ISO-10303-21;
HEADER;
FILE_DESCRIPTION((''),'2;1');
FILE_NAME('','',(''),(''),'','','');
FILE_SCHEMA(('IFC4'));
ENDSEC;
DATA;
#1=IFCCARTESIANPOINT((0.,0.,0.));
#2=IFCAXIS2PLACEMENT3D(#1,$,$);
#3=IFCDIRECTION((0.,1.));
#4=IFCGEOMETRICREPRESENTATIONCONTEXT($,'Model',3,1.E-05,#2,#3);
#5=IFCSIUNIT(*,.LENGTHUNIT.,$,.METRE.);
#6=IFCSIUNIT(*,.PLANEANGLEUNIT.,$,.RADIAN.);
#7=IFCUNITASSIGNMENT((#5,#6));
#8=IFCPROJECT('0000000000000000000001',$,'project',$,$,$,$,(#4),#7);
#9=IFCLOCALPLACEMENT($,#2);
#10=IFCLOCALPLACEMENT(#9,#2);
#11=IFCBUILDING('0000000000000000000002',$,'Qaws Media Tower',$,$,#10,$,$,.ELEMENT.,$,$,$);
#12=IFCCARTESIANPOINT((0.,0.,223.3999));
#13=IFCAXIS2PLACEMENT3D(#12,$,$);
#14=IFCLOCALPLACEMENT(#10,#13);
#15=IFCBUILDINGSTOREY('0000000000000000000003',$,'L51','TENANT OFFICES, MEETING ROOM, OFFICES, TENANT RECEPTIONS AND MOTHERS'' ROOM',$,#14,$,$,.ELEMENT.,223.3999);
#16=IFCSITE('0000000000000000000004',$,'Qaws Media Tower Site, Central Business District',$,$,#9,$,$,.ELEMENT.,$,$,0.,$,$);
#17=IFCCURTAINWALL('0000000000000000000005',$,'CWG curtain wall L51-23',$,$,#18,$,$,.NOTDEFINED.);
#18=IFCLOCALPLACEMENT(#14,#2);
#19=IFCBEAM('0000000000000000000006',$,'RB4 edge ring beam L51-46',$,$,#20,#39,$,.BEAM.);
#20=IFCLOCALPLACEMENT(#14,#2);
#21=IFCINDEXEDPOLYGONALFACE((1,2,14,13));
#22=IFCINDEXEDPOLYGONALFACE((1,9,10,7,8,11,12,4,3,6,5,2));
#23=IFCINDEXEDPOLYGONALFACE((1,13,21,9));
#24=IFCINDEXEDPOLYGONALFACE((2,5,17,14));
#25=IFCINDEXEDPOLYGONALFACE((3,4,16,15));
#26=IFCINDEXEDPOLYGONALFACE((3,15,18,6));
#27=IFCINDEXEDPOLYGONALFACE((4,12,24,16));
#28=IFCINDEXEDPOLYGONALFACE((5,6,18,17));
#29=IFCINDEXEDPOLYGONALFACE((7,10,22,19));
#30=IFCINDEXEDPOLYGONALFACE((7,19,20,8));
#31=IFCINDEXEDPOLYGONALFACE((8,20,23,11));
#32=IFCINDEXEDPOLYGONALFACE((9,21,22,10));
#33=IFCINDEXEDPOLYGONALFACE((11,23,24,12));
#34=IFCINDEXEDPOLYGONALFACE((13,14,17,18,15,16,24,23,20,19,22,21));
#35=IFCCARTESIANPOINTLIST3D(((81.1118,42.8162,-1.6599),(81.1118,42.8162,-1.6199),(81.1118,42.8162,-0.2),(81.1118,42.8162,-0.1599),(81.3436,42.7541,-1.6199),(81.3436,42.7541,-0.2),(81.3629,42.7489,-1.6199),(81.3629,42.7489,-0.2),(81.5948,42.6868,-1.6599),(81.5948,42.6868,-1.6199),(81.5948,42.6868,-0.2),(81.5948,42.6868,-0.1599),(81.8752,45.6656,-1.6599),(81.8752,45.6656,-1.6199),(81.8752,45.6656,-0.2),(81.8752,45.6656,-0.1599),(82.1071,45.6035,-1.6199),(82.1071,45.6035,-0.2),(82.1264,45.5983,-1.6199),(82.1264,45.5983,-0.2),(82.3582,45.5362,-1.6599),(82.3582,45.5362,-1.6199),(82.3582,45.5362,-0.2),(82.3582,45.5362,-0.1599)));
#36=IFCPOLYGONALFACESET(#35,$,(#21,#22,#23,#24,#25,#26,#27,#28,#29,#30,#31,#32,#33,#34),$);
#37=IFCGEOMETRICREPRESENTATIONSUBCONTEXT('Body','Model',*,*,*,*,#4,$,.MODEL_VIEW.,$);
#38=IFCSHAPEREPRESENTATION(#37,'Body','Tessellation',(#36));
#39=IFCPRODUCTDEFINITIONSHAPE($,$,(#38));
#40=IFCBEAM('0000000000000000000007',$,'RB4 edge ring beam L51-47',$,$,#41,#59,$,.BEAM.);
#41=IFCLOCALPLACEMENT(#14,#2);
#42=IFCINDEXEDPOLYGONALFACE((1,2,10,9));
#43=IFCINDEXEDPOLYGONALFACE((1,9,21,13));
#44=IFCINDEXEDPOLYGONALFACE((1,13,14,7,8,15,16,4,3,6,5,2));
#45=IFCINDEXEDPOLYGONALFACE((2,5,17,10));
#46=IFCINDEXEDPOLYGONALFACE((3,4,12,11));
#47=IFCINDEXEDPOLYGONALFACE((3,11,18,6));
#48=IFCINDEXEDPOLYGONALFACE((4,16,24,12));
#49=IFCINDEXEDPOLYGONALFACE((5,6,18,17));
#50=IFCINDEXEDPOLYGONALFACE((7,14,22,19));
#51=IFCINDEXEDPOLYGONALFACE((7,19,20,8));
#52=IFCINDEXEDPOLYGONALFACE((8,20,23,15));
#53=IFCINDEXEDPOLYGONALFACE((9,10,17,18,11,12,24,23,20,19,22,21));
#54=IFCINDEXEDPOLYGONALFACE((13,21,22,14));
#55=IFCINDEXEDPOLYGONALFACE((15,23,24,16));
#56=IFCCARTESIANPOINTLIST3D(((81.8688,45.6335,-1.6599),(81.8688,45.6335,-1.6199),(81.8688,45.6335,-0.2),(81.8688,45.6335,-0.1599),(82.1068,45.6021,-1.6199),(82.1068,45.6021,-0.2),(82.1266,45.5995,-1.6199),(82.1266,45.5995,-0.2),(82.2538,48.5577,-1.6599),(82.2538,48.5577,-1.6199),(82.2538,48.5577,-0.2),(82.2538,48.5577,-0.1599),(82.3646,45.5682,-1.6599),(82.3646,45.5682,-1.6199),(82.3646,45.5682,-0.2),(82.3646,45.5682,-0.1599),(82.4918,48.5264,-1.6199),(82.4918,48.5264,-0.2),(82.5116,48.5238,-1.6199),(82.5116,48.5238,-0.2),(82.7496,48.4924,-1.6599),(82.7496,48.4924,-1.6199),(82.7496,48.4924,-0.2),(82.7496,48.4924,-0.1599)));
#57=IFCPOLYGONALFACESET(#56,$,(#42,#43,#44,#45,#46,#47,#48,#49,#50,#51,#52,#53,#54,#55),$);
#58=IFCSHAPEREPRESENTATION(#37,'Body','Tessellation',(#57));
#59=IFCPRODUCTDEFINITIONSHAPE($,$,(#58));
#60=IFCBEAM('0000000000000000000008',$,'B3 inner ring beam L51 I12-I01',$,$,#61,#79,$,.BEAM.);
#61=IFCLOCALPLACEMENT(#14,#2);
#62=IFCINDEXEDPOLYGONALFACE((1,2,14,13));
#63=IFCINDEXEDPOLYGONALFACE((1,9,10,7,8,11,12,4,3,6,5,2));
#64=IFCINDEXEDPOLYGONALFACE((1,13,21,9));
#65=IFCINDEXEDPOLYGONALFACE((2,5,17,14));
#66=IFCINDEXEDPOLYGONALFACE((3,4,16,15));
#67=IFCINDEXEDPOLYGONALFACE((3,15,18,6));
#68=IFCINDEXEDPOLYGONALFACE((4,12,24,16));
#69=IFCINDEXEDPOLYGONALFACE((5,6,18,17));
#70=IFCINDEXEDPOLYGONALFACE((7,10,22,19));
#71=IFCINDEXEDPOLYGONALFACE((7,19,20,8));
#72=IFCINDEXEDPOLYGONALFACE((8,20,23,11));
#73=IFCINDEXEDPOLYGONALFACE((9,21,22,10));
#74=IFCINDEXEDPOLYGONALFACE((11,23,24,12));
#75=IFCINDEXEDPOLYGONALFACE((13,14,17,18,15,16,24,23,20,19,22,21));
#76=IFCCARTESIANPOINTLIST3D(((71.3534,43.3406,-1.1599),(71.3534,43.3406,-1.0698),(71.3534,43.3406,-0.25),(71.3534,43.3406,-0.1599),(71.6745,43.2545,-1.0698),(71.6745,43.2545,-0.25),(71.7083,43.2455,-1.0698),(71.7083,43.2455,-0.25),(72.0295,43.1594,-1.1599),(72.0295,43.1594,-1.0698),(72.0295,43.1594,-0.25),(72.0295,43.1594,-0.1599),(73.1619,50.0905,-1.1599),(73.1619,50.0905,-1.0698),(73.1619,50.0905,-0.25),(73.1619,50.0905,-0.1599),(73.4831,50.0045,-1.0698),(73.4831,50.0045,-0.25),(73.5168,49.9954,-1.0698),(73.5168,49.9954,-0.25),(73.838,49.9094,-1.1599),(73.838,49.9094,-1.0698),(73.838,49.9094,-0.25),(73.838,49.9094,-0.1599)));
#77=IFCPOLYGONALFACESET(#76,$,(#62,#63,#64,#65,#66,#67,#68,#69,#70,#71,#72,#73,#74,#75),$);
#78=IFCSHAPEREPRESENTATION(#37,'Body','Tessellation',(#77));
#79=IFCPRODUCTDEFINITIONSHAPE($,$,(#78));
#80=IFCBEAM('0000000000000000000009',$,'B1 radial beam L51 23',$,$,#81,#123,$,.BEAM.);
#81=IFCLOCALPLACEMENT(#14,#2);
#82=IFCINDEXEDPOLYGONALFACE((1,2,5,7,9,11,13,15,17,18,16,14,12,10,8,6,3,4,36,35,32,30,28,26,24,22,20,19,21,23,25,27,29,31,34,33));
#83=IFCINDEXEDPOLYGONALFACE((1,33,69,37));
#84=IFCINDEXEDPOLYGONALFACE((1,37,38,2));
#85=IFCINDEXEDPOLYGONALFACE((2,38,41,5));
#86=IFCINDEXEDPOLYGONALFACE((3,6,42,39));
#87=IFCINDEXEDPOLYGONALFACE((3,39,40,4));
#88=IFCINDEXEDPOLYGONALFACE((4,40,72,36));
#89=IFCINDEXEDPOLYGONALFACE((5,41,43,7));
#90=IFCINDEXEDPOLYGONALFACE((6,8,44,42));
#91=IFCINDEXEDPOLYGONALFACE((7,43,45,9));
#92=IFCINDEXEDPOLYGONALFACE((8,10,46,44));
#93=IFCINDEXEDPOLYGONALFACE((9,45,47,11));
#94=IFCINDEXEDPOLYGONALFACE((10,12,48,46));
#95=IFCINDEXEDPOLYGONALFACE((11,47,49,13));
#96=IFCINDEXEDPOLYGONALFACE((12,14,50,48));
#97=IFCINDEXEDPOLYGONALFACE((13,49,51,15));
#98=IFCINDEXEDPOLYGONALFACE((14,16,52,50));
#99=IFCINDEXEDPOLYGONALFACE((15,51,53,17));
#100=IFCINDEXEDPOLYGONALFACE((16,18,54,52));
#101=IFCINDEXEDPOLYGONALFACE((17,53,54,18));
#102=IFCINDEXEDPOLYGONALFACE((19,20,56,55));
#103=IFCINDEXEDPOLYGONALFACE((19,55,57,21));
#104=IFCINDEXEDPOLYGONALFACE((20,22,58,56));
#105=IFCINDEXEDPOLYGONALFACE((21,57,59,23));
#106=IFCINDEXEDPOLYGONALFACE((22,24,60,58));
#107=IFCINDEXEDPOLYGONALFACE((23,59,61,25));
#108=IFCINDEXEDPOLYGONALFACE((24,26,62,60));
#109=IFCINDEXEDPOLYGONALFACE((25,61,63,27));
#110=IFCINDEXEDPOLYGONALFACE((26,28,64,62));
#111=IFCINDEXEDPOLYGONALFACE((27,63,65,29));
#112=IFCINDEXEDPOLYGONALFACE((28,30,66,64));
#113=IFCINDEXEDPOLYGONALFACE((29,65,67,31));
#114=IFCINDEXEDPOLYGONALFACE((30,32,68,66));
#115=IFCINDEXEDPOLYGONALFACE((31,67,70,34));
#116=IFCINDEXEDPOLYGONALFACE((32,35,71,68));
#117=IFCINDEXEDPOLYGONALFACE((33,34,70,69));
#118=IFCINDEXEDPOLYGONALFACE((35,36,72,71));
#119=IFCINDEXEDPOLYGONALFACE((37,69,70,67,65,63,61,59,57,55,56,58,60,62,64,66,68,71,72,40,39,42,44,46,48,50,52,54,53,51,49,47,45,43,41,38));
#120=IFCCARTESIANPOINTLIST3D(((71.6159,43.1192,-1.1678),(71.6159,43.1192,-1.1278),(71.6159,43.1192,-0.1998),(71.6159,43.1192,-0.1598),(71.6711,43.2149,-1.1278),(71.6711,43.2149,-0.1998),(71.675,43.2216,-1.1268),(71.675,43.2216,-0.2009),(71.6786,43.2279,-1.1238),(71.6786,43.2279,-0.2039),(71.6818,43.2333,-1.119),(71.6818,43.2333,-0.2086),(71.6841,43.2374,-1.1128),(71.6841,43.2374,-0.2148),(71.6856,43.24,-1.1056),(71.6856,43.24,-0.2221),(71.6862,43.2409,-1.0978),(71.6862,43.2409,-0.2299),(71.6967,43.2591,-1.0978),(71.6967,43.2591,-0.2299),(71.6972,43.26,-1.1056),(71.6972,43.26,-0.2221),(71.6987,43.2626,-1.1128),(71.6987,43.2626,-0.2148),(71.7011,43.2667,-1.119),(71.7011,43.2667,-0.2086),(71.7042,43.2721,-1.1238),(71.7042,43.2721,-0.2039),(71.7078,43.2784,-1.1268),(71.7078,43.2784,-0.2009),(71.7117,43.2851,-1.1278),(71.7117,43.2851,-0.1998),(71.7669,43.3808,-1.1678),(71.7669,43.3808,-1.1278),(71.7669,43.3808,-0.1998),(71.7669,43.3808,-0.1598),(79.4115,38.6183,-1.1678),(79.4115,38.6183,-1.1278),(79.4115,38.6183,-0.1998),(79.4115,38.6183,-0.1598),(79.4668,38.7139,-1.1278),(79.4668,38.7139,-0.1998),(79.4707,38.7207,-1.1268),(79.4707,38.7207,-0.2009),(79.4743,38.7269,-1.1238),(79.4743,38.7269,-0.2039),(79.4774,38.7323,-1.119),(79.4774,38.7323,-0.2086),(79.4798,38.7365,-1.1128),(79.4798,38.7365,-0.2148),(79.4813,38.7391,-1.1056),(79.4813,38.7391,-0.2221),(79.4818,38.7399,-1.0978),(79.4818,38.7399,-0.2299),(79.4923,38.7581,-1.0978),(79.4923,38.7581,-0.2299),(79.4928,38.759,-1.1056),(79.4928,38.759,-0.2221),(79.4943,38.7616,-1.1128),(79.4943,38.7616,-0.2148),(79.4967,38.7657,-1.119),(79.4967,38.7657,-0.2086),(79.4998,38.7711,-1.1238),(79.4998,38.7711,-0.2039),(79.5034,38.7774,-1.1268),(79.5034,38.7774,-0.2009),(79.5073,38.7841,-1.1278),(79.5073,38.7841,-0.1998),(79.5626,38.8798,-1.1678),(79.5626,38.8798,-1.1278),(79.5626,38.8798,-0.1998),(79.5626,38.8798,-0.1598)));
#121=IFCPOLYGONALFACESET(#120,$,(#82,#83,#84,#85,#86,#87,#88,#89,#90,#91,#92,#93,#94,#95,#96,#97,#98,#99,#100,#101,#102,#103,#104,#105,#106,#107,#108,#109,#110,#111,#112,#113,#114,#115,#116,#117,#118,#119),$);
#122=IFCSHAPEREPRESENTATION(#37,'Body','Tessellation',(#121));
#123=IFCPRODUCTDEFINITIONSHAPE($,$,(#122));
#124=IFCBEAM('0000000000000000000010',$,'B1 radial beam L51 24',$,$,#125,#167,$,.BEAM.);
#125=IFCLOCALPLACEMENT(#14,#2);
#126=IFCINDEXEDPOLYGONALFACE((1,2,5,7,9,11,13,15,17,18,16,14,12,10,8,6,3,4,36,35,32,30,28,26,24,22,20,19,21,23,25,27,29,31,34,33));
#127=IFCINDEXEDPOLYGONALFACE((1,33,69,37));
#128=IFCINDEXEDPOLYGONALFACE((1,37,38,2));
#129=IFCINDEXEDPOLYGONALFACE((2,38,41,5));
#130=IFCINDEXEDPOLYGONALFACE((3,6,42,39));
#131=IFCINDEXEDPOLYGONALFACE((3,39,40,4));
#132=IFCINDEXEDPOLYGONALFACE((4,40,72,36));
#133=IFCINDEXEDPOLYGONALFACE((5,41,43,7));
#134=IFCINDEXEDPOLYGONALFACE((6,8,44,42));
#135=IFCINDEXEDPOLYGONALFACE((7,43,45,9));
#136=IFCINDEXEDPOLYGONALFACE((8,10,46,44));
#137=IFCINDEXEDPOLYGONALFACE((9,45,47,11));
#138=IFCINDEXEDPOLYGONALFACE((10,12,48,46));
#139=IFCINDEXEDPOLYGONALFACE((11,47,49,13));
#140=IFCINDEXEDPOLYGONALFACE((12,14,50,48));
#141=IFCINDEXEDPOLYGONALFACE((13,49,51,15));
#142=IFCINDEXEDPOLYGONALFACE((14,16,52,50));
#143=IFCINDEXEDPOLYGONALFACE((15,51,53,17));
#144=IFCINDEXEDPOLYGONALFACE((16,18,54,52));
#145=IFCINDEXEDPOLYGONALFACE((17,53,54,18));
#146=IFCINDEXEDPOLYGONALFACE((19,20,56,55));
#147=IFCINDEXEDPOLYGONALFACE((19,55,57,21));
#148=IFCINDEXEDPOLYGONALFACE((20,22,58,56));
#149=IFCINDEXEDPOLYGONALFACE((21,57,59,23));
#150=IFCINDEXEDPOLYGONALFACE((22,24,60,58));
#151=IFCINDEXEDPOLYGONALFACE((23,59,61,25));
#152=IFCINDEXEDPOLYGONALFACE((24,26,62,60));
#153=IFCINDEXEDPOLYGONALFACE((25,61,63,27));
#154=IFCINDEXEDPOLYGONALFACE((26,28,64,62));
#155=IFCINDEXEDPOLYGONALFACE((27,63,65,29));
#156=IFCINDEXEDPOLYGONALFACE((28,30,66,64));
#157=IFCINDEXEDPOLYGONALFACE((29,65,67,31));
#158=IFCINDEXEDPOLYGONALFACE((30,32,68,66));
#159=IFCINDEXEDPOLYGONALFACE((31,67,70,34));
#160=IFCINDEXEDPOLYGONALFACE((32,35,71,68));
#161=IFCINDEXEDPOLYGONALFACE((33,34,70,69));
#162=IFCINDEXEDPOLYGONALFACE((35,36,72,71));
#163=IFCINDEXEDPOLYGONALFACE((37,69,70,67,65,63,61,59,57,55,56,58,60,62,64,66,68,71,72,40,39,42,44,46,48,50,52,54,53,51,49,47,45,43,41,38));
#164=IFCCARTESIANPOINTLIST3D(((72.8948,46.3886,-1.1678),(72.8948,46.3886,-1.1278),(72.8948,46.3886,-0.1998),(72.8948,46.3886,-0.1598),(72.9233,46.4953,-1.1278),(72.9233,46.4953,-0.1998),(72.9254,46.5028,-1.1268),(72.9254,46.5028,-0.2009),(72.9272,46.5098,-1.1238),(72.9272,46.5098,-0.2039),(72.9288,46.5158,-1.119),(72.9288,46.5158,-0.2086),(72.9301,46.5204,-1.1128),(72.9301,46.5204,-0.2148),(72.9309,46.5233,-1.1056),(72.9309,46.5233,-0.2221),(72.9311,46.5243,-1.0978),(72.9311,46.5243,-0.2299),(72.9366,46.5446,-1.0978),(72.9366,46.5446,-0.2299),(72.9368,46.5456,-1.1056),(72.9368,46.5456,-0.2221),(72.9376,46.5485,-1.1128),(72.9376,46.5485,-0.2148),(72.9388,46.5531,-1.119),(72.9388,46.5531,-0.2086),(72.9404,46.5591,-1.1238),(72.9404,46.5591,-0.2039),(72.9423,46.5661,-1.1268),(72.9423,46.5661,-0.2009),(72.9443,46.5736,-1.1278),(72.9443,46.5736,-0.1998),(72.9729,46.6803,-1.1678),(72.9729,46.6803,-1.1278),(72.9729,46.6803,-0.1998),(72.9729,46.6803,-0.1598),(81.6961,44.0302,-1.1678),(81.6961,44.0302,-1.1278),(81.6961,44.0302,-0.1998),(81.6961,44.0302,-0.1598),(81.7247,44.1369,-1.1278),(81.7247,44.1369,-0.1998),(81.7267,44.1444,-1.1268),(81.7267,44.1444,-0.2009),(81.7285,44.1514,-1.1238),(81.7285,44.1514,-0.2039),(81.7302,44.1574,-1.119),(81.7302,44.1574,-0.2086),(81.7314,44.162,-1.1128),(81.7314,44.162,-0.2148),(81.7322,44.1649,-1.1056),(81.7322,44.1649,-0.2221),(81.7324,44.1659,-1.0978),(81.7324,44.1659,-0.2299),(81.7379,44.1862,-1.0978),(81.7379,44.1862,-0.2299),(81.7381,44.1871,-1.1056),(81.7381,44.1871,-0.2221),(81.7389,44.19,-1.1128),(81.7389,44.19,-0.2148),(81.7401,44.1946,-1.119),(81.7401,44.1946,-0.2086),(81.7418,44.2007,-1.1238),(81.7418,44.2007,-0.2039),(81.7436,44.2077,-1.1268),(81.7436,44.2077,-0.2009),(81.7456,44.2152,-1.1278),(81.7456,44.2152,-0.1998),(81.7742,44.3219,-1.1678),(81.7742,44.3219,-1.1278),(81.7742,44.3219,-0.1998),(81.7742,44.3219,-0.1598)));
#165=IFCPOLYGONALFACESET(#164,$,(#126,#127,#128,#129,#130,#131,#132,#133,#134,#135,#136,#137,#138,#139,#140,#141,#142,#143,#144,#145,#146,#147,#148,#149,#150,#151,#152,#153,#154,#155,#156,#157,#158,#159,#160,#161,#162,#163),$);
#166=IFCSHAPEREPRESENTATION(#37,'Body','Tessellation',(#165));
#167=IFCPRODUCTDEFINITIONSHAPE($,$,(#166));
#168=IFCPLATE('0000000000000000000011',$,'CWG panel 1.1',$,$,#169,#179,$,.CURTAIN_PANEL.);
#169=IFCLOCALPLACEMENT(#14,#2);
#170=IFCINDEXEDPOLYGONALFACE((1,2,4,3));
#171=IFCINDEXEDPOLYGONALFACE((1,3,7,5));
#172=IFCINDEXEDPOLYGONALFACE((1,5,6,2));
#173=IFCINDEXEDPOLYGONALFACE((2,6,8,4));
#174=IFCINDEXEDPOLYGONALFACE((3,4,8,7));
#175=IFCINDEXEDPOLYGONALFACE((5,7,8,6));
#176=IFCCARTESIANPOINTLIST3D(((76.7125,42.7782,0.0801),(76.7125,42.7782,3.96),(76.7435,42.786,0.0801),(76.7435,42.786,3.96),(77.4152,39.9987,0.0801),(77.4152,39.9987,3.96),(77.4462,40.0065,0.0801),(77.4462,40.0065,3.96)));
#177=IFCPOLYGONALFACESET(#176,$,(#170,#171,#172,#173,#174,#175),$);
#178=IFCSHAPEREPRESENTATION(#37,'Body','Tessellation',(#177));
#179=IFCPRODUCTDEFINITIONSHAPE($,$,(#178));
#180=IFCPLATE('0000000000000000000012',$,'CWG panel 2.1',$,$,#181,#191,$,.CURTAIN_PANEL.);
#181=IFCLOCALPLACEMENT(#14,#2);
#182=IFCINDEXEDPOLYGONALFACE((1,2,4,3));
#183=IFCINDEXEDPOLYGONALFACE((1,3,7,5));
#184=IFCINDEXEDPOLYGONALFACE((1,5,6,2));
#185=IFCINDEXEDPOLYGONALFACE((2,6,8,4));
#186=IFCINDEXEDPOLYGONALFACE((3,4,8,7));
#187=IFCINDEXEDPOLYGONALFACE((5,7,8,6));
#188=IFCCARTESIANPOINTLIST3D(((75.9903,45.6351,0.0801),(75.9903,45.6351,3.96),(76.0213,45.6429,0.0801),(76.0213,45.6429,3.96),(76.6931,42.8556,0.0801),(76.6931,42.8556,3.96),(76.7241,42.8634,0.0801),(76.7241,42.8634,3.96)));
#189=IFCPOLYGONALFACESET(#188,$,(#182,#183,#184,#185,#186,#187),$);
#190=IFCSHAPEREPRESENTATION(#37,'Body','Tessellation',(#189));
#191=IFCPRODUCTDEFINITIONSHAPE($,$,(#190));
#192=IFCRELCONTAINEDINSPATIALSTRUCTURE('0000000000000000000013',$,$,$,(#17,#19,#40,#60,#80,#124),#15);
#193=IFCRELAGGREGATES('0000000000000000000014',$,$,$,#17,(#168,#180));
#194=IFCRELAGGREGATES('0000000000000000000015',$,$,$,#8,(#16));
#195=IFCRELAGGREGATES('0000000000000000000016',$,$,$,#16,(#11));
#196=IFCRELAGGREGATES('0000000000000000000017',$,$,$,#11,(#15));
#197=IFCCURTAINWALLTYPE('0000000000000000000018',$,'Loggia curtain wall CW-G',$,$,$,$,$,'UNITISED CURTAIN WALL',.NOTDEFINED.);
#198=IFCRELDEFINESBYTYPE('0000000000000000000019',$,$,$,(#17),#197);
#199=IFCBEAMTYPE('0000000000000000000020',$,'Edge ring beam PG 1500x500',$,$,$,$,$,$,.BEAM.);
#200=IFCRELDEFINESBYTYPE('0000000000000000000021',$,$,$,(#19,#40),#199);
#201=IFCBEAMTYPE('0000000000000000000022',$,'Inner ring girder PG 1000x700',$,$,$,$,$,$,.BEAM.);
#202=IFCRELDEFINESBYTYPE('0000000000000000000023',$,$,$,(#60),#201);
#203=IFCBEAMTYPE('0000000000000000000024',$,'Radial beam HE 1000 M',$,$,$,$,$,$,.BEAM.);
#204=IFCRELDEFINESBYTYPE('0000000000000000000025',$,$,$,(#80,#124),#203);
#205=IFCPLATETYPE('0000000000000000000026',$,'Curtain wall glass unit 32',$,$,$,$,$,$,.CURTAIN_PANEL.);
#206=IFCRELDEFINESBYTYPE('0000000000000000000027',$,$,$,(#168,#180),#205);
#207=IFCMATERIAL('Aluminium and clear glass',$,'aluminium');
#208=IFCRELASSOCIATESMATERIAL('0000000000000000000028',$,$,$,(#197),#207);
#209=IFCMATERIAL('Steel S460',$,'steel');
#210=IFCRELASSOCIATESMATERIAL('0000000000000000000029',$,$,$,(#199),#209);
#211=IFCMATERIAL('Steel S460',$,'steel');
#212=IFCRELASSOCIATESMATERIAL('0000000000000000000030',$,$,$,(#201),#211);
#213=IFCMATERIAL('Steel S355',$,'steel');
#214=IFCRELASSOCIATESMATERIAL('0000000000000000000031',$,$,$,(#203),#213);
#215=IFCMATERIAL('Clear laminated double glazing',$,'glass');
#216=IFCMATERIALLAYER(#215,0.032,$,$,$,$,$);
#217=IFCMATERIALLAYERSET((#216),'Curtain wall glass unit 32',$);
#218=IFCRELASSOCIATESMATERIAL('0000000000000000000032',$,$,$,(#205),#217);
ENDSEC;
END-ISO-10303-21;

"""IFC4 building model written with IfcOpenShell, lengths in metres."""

from ifc_helpers import new_model, si_unit, direction, frame, origin, origin_2d, place, context, subcontext, project, spatial, rectangle, i_section, extrude, material, layer, layer_set, material_profile, profile_set, type_object, element, aggregate, save


model = new_model("IFC4")

# Units and contexts
model_context = context("Model", 3, precision=1e-05, world=origin(), true_north=direction((0.0, 1.0)))
body_context = subcontext(model_context, "Body", "Model", "MODEL_VIEW")
ifc_project = project(units=[si_unit("LENGTHUNIT", "METRE"), si_unit("PLANEANGLEUNIT", "RADIAN")], contexts=[model_context])

# Site, building, storey
site_placement = place(None, origin())
site = spatial("IfcSite", under=ifc_project, at=site_placement, Name="Qaws Media Tower Site, Central Business District", CompositionType="ELEMENT", RefElevation=0.0)
building_placement = place(site_placement, origin())
building = spatial("IfcBuilding", under=site, at=building_placement, Name="Qaws Media Tower", CompositionType="ELEMENT")
storey_placement = place(building_placement, frame((0.0, 0.0, 223.3999)))
storey = spatial("IfcBuildingStorey", under=building, at=storey_placement, Name="L51", Description="TENANT OFFICES, MEETING ROOM, OFFICES, TENANT RECEPTIONS AND MOTHERS' ROOM", CompositionType="ELEMENT", Elevation=223.3999)

# Curtain wall
ifc_material_1 = material(Name="Aluminium and clear glass", Category="aluminium")
curtain_wall_type_1 = type_object("IfcCurtainWallType", Name="Loggia curtain wall CW-G", ElementType="UNITISED CURTAIN WALL", PredefinedType="NOTDEFINED", material=ifc_material_1)
curtain_wall_1_placement = place(storey_placement, origin())
curtain_wall_1 = element("IfcCurtainWall", 1, at=curtain_wall_1_placement, inside=storey, type_object=curtain_wall_type_1, Name="CWG curtain wall L51-23", PredefinedType="NOTDEFINED")

# Beams
ifc_material_2 = material(Name="Steel S460", Category="steel")
ifc_material_profile_1 = material_profile(ifc_material_2, i_section(OverallWidth=0.5, OverallDepth=1.5, WebThickness=0.02, FlangeThickness=0.04, at=origin_2d()), Name="PG 1500x500")
ifc_profile_set_1 = profile_set([ifc_material_profile_1], Name="Steel S460")
beam_type_1 = type_object("IfcBeamType", Name="Edge ring beam PG 1500x500", PredefinedType="BEAM", material=ifc_profile_set_1)
beam_1_placement = place(storey_placement, frame((81.3533, 42.7515, -0.9099), z_axis=(0.258801, 0.965931, 0.0), x_axis=(-0.965931, 0.258801, 0.0)))
element("IfcBeam", 2, at=beam_1_placement, inside=storey, type_object=beam_type_1, Name="RB4 edge ring beam L51-46", PredefinedType="BEAM", context=body_context, shape_type="SweptSolid", body=[
    extrude(i_section(OverallWidth=0.5, OverallDepth=1.5, WebThickness=0.02, FlangeThickness=0.04, at=origin_2d()), origin(), (0.0, 0.0, 1.0), 2.95),
])
beam_2_placement = place(storey_placement, frame((82.1167, 45.6008, -0.9099), z_axis=(0.130532, 0.991444, 0.0), x_axis=(-0.991444, 0.130532, 0.0)))
element("IfcBeam", 3, at=beam_2_placement, inside=storey, type_object=beam_type_1, Name="RB4 edge ring beam L51-47", PredefinedType="BEAM", context=body_context, shape_type="SweptSolid", body=[
    extrude(i_section(OverallWidth=0.5, OverallDepth=1.5, WebThickness=0.02, FlangeThickness=0.04, at=origin_2d()), origin(), (0.0, 0.0, 1.0), 2.9495),
])
ifc_material_3 = material(Name="Steel S460", Category="steel")
ifc_material_profile_2 = material_profile(ifc_material_3, i_section(OverallWidth=0.7, OverallDepth=1.0, WebThickness=0.0349, FlangeThickness=0.0901, at=origin_2d()), Name="PG 1000x700")
ifc_profile_set_2 = profile_set([ifc_material_profile_2], Name="Steel S460")
beam_type_2 = type_object("IfcBeamType", Name="Inner ring girder PG 1000x700", PredefinedType="BEAM", material=ifc_profile_set_2)
beam_3_placement = place(storey_placement, frame((71.6914, 43.25, -0.6599), z_axis=(0.258811, 0.965928, 0.0), x_axis=(-0.965928, 0.258811, 0.0)))
element("IfcBeam", 4, at=beam_3_placement, inside=storey, type_object=beam_type_2, Name="B3 inner ring beam L51 I12-I01", PredefinedType="BEAM", context=body_context, shape_type="SweptSolid", body=[
    extrude(i_section(OverallWidth=0.7, OverallDepth=1.0, WebThickness=0.0349, FlangeThickness=0.0901, at=origin_2d()), origin(), (0.0, 0.0, 1.0), 6.988),
])
ifc_material_4 = material(Name="Steel S355", Category="steel")
ifc_material_profile_3 = material_profile(ifc_material_4, i_section(OverallWidth=0.302, OverallDepth=1.0081, WebThickness=0.021, FlangeThickness=0.04, FilletRadius=0.03, at=origin_2d()), Name="HE 1000 M")
ifc_profile_set_3 = profile_set([ifc_material_profile_3], Name="Steel S355")
beam_type_3 = type_object("IfcBeamType", Name="Radial beam HE 1000 M", PredefinedType="BEAM", material=ifc_profile_set_3)
beam_4_placement = place(storey_placement, frame((71.6914, 43.25, -0.6638), z_axis=(0.866018, -0.500013, 0.0), x_axis=(0.500013, 0.866018, 0.0)))
element("IfcBeam", 5, at=beam_4_placement, inside=storey, type_object=beam_type_3, Name="B1 radial beam L51 23", PredefinedType="BEAM", context=body_context, shape_type="SweptSolid", body=[
    extrude(i_section(OverallWidth=0.302, OverallDepth=1.0081, WebThickness=0.021, FlangeThickness=0.04, FilletRadius=0.03, at=origin_2d()), origin(), (0.0, 0.0, 1.0), 9.0017),
])
beam_5_placement = place(storey_placement, frame((72.9338, 46.5344, -0.6638), z_axis=(0.965923, -0.25883, 0.0), x_axis=(0.25883, 0.965923, 0.0)))
element("IfcBeam", 6, at=beam_5_placement, inside=storey, type_object=beam_type_3, Name="B1 radial beam L51 24", PredefinedType="BEAM", context=body_context, shape_type="SweptSolid", body=[
    extrude(i_section(OverallWidth=0.302, OverallDepth=1.0081, WebThickness=0.021, FlangeThickness=0.04, FilletRadius=0.03, at=origin_2d()), origin(), (0.0, 0.0, 1.0), 9.1118),
])

# Plates
ifc_material_5 = material(Name="Clear laminated double glazing", Category="glass")
ifc_layer_1 = layer(ifc_material_5, 0.032)
ifc_layer_set_1 = layer_set([ifc_layer_1], Name="Curtain wall glass unit 32")
plate_type_1 = type_object("IfcPlateType", Name="Curtain wall glass unit 32", PredefinedType="CURTAIN_PANEL", material=ifc_layer_set_1)
plate_1_placement = place(storey_placement, frame((77.0793, 41.3923, 0.0801), z_axis=(0.0, 0.0, 1.0), x_axis=(-0.245127, 0.969491, 0.0)))
plate_1 = element("IfcPlate", 7, at=plate_1_placement, type_object=plate_type_1, Name="CWG panel 1.1", PredefinedType="CURTAIN_PANEL", context=body_context, shape_type="SweptSolid", body=[
    extrude(rectangle(XDim=2.8669, YDim=0.032, at=origin_2d()), origin(), (0.0, 0.0, 1.0), 3.8799),
])
plate_2_placement = place(storey_placement, frame((76.3572, 44.2493, 0.0801), z_axis=(0.0, 0.0, 1.0), x_axis=(-0.245127, 0.969491, 0.0)))
plate_2 = element("IfcPlate", 8, at=plate_2_placement, type_object=plate_type_1, Name="CWG panel 2.1", PredefinedType="CURTAIN_PANEL", context=body_context, shape_type="SweptSolid", body=[
    extrude(rectangle(XDim=2.8669, YDim=0.032, at=origin_2d()), origin(), (0.0, 0.0, 1.0), 3.8799),
])
aggregate(curtain_wall_1, [plate_1, plate_2])

save(model, "model.ifc")
